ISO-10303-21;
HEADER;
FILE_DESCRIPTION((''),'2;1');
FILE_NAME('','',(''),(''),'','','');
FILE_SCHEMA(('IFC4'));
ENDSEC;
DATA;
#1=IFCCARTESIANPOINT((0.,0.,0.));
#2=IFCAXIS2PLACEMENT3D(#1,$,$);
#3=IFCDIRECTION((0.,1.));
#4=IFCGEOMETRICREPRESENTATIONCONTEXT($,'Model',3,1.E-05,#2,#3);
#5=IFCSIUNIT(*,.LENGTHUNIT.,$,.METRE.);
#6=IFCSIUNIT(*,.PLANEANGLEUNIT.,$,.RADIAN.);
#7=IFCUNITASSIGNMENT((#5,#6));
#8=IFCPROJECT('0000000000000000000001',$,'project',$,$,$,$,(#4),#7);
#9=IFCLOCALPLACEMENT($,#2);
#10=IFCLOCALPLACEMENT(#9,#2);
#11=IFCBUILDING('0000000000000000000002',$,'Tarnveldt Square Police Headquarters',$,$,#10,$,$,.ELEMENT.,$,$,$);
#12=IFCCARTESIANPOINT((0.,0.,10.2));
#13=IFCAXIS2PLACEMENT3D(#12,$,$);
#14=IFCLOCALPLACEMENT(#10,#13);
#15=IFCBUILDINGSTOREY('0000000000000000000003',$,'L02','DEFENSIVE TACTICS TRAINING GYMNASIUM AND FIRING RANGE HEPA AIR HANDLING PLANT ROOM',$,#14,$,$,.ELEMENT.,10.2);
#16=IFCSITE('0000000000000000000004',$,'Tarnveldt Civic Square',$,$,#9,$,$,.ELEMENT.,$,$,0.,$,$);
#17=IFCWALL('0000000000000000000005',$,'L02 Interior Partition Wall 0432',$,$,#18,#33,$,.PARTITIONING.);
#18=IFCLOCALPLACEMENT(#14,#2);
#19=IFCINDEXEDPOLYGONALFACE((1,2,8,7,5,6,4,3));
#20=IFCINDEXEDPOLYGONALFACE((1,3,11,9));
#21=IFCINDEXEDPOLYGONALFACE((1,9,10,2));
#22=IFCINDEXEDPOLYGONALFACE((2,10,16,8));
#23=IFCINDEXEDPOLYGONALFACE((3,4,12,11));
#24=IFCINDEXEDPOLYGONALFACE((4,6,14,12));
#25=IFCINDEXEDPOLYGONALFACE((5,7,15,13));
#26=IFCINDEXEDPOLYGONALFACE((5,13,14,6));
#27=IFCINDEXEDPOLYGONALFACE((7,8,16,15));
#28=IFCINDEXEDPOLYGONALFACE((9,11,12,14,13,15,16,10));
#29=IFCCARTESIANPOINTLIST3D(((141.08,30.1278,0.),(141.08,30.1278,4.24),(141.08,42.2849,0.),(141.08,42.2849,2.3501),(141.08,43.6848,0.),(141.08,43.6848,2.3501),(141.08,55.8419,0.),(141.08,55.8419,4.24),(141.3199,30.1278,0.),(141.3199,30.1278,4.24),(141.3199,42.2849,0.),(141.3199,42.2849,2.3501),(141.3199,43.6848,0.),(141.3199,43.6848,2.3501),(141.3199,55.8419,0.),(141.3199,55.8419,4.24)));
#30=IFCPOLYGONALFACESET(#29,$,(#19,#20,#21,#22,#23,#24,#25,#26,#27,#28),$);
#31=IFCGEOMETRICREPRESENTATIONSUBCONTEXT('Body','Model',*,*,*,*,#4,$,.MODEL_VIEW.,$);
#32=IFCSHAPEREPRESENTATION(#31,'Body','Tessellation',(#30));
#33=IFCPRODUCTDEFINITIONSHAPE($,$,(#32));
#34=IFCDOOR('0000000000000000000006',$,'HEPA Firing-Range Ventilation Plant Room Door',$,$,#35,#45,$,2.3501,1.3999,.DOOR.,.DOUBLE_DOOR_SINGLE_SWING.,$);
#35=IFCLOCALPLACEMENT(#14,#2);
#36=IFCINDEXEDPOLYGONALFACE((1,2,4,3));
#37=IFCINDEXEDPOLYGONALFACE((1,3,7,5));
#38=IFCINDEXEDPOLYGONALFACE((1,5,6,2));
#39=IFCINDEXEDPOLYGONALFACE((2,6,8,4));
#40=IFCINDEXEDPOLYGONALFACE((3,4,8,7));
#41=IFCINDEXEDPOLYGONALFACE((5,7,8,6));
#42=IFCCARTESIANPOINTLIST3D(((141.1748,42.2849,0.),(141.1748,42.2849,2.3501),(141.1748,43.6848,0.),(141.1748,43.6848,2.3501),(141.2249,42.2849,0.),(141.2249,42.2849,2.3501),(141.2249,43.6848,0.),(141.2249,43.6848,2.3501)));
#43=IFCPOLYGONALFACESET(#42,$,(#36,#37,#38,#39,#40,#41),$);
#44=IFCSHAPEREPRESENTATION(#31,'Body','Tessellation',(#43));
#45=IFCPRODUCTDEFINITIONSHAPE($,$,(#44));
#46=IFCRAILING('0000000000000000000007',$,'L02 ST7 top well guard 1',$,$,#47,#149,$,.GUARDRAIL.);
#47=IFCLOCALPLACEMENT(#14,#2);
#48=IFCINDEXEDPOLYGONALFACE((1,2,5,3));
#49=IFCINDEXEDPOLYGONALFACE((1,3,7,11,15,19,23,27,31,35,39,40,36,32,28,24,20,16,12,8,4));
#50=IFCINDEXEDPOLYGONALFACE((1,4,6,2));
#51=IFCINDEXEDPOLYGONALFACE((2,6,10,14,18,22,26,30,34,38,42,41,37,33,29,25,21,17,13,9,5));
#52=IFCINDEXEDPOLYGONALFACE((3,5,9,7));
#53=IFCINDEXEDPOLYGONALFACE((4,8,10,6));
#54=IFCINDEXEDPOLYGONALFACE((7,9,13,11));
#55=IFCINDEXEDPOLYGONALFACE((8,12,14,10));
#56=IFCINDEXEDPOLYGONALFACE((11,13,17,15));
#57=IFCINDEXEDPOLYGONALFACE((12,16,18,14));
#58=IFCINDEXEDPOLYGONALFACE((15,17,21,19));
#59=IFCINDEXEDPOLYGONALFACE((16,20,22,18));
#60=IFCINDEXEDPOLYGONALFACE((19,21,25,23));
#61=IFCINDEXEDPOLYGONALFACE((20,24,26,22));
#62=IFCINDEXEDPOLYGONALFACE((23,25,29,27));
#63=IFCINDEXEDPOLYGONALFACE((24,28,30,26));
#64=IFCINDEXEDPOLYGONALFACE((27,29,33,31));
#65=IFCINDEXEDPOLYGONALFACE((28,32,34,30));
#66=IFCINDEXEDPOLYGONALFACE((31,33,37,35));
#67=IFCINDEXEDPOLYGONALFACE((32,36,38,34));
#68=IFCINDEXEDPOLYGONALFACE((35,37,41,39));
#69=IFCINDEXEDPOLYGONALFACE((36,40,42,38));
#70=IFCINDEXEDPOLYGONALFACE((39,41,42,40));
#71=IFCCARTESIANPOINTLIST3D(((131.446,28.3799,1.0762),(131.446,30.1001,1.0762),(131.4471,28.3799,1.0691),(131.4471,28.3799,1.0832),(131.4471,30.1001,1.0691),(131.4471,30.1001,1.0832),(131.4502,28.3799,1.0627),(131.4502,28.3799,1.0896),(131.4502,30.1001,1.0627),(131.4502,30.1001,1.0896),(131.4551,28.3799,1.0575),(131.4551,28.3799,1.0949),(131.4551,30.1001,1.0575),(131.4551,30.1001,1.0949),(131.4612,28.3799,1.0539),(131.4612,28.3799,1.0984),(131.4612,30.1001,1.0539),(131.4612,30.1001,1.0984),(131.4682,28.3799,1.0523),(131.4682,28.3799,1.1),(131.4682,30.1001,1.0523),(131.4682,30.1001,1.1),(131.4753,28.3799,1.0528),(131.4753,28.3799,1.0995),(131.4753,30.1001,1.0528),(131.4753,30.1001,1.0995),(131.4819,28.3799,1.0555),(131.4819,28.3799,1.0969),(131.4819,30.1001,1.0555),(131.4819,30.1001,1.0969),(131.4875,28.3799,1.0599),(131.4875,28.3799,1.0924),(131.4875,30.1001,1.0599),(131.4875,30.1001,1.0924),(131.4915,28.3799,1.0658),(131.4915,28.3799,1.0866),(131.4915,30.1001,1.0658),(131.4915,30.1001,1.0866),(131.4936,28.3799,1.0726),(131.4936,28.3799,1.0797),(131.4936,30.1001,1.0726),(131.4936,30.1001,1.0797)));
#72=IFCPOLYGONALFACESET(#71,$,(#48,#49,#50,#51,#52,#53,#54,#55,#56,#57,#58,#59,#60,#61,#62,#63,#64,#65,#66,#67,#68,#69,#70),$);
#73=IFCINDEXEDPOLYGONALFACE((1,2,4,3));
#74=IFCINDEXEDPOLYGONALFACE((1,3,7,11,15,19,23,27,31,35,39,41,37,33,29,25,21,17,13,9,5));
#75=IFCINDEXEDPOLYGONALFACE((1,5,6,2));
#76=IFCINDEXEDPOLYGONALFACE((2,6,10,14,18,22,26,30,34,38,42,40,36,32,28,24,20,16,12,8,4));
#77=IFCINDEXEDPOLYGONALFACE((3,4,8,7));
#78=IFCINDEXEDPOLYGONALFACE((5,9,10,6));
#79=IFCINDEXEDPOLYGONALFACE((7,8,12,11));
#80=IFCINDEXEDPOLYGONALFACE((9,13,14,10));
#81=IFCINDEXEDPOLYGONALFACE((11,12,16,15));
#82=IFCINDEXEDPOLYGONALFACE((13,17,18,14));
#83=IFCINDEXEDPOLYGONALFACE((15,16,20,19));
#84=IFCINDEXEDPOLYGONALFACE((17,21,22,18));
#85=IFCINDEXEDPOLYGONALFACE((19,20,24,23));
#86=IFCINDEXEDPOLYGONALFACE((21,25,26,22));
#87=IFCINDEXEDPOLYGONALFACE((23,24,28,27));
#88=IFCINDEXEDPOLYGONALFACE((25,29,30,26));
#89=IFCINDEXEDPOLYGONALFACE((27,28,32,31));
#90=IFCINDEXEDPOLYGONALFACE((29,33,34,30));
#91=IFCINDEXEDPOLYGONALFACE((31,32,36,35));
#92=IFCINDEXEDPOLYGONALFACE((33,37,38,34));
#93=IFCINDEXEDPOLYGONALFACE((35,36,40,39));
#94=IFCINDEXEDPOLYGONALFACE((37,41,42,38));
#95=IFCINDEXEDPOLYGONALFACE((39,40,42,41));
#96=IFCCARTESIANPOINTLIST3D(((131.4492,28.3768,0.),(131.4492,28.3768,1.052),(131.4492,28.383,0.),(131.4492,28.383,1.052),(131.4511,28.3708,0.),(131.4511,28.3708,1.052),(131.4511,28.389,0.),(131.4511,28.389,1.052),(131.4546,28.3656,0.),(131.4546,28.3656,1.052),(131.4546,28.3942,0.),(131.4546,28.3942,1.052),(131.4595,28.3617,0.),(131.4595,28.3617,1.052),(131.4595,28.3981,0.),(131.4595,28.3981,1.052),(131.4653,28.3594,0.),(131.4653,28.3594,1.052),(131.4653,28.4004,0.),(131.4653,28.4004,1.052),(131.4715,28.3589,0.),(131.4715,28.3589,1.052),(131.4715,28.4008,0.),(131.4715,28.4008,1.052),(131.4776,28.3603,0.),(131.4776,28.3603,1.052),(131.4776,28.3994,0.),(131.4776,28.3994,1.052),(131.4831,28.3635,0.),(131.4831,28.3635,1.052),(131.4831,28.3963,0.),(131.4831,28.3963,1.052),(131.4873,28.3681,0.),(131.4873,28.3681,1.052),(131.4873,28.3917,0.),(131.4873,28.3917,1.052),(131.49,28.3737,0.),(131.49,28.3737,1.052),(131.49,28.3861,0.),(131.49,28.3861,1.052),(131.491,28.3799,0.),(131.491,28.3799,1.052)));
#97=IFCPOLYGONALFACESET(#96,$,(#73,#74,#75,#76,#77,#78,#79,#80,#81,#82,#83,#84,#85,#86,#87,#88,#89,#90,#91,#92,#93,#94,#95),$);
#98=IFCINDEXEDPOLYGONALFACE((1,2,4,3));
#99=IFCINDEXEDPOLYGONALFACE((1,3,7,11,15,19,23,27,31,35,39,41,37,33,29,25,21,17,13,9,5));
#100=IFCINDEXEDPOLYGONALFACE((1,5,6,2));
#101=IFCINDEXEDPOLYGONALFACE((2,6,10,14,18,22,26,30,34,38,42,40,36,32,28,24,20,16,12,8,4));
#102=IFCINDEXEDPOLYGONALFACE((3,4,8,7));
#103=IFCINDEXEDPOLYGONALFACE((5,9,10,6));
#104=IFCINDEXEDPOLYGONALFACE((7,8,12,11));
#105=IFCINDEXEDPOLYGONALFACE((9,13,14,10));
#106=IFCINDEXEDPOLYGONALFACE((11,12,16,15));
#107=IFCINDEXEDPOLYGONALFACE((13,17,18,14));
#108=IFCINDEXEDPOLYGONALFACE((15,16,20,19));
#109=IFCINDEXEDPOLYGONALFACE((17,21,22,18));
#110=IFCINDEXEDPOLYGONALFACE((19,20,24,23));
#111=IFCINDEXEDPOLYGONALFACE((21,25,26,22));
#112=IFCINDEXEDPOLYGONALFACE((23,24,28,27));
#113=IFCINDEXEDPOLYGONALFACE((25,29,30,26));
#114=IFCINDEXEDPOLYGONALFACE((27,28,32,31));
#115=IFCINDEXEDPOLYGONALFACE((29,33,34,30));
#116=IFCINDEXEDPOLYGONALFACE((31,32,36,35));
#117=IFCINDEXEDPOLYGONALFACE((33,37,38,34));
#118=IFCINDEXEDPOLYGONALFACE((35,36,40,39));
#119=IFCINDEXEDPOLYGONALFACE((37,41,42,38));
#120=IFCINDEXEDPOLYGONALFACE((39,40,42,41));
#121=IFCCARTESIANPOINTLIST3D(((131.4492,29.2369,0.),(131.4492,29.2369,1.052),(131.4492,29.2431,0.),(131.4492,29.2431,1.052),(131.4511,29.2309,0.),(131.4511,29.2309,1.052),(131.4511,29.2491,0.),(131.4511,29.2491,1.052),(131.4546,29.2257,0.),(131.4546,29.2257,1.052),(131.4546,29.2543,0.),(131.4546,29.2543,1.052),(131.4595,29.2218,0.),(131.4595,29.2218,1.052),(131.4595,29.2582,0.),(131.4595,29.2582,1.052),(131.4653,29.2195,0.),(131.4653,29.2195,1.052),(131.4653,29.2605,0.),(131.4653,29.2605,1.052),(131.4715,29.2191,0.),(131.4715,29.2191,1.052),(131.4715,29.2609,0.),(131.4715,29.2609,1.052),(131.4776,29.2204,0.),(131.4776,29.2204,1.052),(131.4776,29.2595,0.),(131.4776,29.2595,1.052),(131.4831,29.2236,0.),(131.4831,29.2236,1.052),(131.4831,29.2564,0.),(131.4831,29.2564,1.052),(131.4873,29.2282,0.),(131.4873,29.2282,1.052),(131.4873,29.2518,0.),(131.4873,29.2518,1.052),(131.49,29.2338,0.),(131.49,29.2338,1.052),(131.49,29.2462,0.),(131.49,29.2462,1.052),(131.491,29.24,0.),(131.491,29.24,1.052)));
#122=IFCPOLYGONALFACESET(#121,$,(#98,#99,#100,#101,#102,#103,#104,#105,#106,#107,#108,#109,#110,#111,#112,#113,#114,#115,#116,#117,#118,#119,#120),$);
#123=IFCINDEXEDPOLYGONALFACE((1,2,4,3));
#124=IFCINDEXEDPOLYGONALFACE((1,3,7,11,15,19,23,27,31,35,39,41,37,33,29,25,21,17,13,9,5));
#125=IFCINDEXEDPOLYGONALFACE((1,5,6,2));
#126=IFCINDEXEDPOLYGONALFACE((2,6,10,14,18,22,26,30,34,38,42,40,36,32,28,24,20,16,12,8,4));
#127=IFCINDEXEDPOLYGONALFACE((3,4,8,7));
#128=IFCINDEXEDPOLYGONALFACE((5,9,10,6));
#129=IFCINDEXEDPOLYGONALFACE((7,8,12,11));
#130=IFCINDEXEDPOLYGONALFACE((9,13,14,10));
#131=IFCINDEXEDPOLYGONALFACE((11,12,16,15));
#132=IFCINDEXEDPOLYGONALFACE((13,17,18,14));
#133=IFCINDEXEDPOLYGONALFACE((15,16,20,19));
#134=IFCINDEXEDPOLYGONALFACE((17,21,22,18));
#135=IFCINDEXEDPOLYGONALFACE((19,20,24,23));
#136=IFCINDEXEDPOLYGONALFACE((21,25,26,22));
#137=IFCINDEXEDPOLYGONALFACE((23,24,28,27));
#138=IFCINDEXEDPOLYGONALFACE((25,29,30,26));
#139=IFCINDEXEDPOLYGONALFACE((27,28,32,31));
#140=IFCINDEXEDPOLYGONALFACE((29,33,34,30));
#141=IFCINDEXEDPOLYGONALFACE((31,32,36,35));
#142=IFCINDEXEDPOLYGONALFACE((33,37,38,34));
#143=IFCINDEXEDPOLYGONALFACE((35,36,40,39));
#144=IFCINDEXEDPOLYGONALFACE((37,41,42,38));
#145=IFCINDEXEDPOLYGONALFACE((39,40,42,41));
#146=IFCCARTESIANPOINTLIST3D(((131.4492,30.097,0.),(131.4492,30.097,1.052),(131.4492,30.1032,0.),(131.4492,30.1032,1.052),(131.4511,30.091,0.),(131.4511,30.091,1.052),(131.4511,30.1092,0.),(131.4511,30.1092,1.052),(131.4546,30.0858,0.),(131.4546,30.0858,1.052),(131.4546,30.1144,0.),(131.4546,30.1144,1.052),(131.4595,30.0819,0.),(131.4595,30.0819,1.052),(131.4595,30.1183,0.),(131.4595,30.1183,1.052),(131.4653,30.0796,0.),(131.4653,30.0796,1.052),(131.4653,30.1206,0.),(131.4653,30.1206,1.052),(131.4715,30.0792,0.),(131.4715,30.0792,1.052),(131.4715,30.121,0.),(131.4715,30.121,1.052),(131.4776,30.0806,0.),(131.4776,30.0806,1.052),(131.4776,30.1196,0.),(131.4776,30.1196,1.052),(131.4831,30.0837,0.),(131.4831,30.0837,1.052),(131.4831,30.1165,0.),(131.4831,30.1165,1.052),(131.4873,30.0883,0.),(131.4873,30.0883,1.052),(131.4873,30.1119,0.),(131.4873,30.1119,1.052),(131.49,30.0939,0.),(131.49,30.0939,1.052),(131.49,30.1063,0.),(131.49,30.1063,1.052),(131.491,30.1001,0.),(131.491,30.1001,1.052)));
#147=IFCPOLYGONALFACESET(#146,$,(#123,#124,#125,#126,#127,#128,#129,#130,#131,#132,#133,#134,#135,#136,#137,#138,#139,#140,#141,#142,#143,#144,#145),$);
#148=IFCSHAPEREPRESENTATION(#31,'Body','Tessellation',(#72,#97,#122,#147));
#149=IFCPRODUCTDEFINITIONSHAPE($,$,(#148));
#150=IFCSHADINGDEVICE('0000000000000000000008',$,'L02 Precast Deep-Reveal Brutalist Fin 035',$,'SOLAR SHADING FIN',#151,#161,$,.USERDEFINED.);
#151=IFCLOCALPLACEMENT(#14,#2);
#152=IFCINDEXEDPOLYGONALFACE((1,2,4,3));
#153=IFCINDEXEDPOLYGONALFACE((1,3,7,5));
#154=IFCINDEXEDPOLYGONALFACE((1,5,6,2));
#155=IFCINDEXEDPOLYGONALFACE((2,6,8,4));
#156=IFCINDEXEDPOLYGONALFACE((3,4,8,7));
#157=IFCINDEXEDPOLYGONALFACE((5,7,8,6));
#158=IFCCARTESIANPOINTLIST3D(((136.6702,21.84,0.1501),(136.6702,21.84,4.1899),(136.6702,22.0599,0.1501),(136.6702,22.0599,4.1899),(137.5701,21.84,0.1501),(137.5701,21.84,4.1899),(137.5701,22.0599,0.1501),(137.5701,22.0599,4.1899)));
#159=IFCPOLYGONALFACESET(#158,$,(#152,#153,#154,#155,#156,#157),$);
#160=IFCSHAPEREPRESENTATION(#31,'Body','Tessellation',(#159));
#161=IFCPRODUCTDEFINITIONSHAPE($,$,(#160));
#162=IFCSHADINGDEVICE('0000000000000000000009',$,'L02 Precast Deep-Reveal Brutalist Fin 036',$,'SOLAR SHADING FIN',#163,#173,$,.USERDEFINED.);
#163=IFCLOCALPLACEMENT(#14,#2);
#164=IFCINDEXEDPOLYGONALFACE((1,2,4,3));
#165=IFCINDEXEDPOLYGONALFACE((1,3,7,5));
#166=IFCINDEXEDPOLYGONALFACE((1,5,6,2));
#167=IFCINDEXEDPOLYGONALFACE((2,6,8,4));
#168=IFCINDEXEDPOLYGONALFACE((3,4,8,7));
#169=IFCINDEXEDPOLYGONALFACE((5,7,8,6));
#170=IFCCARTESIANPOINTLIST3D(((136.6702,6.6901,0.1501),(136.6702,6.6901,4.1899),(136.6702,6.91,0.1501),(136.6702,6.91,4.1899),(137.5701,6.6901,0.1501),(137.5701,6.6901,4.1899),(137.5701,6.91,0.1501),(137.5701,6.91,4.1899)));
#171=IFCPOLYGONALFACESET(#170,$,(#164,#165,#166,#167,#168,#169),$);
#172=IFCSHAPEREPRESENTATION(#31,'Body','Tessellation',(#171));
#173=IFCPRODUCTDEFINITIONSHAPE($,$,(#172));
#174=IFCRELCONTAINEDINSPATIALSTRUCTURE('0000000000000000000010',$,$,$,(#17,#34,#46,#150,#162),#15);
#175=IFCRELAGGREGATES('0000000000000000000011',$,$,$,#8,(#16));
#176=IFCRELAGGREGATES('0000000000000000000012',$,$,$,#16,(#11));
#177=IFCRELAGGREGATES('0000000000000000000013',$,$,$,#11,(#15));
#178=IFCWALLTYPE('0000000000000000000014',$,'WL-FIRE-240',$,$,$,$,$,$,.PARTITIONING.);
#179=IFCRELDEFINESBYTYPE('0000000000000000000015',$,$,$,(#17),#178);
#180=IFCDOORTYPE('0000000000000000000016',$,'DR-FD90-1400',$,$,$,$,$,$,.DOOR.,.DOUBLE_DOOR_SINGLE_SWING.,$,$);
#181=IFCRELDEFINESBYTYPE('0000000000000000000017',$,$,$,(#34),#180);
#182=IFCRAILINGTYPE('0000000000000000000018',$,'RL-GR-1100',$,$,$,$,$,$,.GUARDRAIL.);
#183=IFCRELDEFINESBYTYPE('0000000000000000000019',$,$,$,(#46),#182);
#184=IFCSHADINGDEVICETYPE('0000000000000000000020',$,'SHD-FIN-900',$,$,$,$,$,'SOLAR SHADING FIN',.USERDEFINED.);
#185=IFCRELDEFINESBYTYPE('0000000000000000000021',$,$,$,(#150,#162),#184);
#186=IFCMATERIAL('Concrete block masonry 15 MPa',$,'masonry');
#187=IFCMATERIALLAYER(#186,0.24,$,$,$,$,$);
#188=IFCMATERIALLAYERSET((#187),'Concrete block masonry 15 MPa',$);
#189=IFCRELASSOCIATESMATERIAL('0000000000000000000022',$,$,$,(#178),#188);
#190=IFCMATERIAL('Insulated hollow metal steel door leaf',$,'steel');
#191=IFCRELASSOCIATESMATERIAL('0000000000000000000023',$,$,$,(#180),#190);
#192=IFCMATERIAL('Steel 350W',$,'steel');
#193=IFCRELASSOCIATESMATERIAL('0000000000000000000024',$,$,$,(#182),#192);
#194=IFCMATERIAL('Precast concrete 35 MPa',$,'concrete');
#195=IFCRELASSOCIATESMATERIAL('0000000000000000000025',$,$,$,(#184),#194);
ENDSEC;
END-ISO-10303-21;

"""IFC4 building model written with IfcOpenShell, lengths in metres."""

from ifc_helpers import new_model, si_unit, direction, frame, frame_2d, origin, origin_2d, place, context, subcontext, project, spatial, rectangle, circle, extrude, material, layer, layer_set, material_profile, profile_set, type_object, element, fill, save


model = new_model("IFC4")

# Units and contexts
model_context = context("Model", 3, precision=1e-05, world=origin(), true_north=direction((0.0, 1.0)))
body_context = subcontext(model_context, "Body", "Model", "MODEL_VIEW")
ifc_project = project(units=[si_unit("LENGTHUNIT", "METRE"), si_unit("PLANEANGLEUNIT", "RADIAN")], contexts=[model_context])

# Site, building, storey
site_placement = place(None, origin())
site = spatial("IfcSite", under=ifc_project, at=site_placement, Name="Tarnveldt Civic Square", CompositionType="ELEMENT", RefElevation=0.0)
building_placement = place(site_placement, origin())
building = spatial("IfcBuilding", under=site, at=building_placement, Name="Tarnveldt Square Police Headquarters", CompositionType="ELEMENT")
storey_placement = place(building_placement, frame((0.0, 0.0, 10.2)))
storey = spatial("IfcBuildingStorey", under=building, at=storey_placement, Name="L02", Description="DEFENSIVE TACTICS TRAINING GYMNASIUM AND FIRING RANGE HEPA AIR HANDLING PLANT ROOM", CompositionType="ELEMENT", Elevation=10.2)

# Shared definitions
ifc_material_1 = material(Name="Steel 350W", Category="steel")

# Shared definitions
ifc_material_2 = material(Name="Insulated hollow metal steel door leaf", Category="steel")

# Shared definitions
ifc_material_3 = material(Name="Concrete block masonry 15 MPa", Category="masonry")
ifc_layer_1 = layer(ifc_material_3, 0.24)
ifc_layer_set_1 = layer_set([ifc_layer_1], Name="Concrete block masonry 15 MPa")
wall_type_1 = type_object("IfcWallType", Name="WL-FIRE-240", PredefinedType="PARTITIONING", material=ifc_layer_set_1)

# Wall, opening, door
wall_1_placement = place(storey_placement, frame((141.2, 30.1279, 0.0), z_axis=(0.0, 0.0, 1.0), x_axis=(0.0, 1.0, 0.0)))
wall_1 = element("IfcWall", 1, at=wall_1_placement, inside=storey, type_object=wall_type_1, Name="L02 Interior Partition Wall 0432", PredefinedType="PARTITIONING", context=body_context, shape_type="SweptSolid", body=[
    extrude(rectangle(XDim=25.7141, YDim=0.24, at=frame_2d((12.8569, 0.0))), origin(), (0.0, 0.0, 1.0), 4.24),
])
opening_1_placement = place(wall_1_placement, frame((12.157, 0.0, 0.0)))
opening_1 = element("IfcOpeningElement", 2, at=opening_1_placement, cuts=wall_1, PredefinedType="OPENING", context=body_context, shape_type="SweptSolid", body=[
    extrude(rectangle(XDim=1.3999, YDim=2.3501, at=frame_2d((0.7, 1.175))), frame((0.0, 0.1299, 0.0), z_axis=(0.0, -1.0, 0.0), x_axis=(1.0, 0.0, 0.0)), (0.0, 0.0, 1.0), 0.26),
])
door_type_1 = type_object("IfcDoorType", Name="DR-FD90-1400", OperationType="DOUBLE_DOOR_SINGLE_SWING", PredefinedType="DOOR", material=ifc_material_2)
door_1_placement = place(opening_1_placement, frame((1.3999, 0.0, 0.0), z_axis=(0.0, 0.0, 1.0), x_axis=(-1.0, 0.0, 0.0)))
door_1 = element("IfcDoor", 3, at=door_1_placement, inside=storey, type_object=door_type_1, Name="HEPA Firing-Range Ventilation Plant Room Door", OperationType="DOUBLE_DOOR_SINGLE_SWING", OverallHeight=2.3501, OverallWidth=1.3999, PredefinedType="DOOR", context=body_context, shape_type="SweptSolid", body=[
    extrude(rectangle(XDim=1.3999, YDim=2.3501, at=frame_2d((0.7, 1.175))), frame((0.0, 0.0249, 0.0), z_axis=(0.0, -1.0, 0.0), x_axis=(1.0, 0.0, 0.0)), (0.0, 0.0, 1.0), 0.05),
])
fill(opening_1, door_1)

# Railing
railing_type = type_object("IfcRailingType", Name="RL-GR-1100", PredefinedType="GUARDRAIL", material=ifc_material_1)
railing_placement = place(storey_placement, frame((131.47, 28.3799, 0.0)))
element("IfcRailing", 4, at=railing_placement, inside=storey, type_object=railing_type, Name="L02 ST7 top well guard 1", PredefinedType="GUARDRAIL", context=body_context, shape_type="SweptSolid", body=[
    extrude(circle(Radius=0.0239, at=origin_2d()), frame((0.0, 0.0, 1.0762), z_axis=(0.0, 1.0, 0.0), x_axis=(-1.0, 0.0, 0.0)), (0.0, 0.0, 1.0), 1.7202),
    extrude(circle(Radius=0.021, at=origin_2d()), origin(), (0.0, 0.0, 1.0), 1.052),
    extrude(circle(Radius=0.021, at=origin_2d()), frame((0.0, 0.8601, 0.0)), (0.0, 0.0, 1.0), 1.052),
    extrude(circle(Radius=0.021, at=origin_2d()), frame((0.0, 1.7202, 0.0)), (0.0, 0.0, 1.0), 1.052),
])

# Shading devices
ifc_material_4 = material(Name="Precast concrete 35 MPa", Category="concrete")
ifc_material_profile_1 = material_profile(ifc_material_4, rectangle(XDim=0.22, YDim=0.8999, at=origin_2d()), Name="PC-FIN220x900")
ifc_profile_set_1 = profile_set([ifc_material_profile_1], Name="Precast concrete 35 MPa")
shading_device_type = type_object("IfcShadingDeviceType", Name="SHD-FIN-900", ElementType="SOLAR SHADING FIN", PredefinedType="USERDEFINED", material=ifc_profile_set_1)
for number, where, z_axis, x_axis, name in (
    (5, (137.1201, 21.95, 0.1501), (0.0, 0.0, 1.0), (0.0, -1.0, 0.0), "L02 Precast Deep-Reveal Brutalist Fin 035"),
    (6, (137.1201, 6.8, 0.1501), (0.0, 0.0, 1.0), (0.0, -1.0, 0.0), "L02 Precast Deep-Reveal Brutalist Fin 036"),
):
    element("IfcShadingDevice", number, at=place(storey_placement, frame(where, z_axis=z_axis, x_axis=x_axis)), inside=storey, type_object=shading_device_type, Name=name, ObjectType="SOLAR SHADING FIN", PredefinedType="USERDEFINED", context=body_context, shape_type="SweptSolid", body=[
        extrude(rectangle(XDim=0.22, YDim=0.8999, at=origin_2d()), origin(), (0.0, 0.0, 1.0), 4.0398),
    ])

save(model, "model.ifc")
